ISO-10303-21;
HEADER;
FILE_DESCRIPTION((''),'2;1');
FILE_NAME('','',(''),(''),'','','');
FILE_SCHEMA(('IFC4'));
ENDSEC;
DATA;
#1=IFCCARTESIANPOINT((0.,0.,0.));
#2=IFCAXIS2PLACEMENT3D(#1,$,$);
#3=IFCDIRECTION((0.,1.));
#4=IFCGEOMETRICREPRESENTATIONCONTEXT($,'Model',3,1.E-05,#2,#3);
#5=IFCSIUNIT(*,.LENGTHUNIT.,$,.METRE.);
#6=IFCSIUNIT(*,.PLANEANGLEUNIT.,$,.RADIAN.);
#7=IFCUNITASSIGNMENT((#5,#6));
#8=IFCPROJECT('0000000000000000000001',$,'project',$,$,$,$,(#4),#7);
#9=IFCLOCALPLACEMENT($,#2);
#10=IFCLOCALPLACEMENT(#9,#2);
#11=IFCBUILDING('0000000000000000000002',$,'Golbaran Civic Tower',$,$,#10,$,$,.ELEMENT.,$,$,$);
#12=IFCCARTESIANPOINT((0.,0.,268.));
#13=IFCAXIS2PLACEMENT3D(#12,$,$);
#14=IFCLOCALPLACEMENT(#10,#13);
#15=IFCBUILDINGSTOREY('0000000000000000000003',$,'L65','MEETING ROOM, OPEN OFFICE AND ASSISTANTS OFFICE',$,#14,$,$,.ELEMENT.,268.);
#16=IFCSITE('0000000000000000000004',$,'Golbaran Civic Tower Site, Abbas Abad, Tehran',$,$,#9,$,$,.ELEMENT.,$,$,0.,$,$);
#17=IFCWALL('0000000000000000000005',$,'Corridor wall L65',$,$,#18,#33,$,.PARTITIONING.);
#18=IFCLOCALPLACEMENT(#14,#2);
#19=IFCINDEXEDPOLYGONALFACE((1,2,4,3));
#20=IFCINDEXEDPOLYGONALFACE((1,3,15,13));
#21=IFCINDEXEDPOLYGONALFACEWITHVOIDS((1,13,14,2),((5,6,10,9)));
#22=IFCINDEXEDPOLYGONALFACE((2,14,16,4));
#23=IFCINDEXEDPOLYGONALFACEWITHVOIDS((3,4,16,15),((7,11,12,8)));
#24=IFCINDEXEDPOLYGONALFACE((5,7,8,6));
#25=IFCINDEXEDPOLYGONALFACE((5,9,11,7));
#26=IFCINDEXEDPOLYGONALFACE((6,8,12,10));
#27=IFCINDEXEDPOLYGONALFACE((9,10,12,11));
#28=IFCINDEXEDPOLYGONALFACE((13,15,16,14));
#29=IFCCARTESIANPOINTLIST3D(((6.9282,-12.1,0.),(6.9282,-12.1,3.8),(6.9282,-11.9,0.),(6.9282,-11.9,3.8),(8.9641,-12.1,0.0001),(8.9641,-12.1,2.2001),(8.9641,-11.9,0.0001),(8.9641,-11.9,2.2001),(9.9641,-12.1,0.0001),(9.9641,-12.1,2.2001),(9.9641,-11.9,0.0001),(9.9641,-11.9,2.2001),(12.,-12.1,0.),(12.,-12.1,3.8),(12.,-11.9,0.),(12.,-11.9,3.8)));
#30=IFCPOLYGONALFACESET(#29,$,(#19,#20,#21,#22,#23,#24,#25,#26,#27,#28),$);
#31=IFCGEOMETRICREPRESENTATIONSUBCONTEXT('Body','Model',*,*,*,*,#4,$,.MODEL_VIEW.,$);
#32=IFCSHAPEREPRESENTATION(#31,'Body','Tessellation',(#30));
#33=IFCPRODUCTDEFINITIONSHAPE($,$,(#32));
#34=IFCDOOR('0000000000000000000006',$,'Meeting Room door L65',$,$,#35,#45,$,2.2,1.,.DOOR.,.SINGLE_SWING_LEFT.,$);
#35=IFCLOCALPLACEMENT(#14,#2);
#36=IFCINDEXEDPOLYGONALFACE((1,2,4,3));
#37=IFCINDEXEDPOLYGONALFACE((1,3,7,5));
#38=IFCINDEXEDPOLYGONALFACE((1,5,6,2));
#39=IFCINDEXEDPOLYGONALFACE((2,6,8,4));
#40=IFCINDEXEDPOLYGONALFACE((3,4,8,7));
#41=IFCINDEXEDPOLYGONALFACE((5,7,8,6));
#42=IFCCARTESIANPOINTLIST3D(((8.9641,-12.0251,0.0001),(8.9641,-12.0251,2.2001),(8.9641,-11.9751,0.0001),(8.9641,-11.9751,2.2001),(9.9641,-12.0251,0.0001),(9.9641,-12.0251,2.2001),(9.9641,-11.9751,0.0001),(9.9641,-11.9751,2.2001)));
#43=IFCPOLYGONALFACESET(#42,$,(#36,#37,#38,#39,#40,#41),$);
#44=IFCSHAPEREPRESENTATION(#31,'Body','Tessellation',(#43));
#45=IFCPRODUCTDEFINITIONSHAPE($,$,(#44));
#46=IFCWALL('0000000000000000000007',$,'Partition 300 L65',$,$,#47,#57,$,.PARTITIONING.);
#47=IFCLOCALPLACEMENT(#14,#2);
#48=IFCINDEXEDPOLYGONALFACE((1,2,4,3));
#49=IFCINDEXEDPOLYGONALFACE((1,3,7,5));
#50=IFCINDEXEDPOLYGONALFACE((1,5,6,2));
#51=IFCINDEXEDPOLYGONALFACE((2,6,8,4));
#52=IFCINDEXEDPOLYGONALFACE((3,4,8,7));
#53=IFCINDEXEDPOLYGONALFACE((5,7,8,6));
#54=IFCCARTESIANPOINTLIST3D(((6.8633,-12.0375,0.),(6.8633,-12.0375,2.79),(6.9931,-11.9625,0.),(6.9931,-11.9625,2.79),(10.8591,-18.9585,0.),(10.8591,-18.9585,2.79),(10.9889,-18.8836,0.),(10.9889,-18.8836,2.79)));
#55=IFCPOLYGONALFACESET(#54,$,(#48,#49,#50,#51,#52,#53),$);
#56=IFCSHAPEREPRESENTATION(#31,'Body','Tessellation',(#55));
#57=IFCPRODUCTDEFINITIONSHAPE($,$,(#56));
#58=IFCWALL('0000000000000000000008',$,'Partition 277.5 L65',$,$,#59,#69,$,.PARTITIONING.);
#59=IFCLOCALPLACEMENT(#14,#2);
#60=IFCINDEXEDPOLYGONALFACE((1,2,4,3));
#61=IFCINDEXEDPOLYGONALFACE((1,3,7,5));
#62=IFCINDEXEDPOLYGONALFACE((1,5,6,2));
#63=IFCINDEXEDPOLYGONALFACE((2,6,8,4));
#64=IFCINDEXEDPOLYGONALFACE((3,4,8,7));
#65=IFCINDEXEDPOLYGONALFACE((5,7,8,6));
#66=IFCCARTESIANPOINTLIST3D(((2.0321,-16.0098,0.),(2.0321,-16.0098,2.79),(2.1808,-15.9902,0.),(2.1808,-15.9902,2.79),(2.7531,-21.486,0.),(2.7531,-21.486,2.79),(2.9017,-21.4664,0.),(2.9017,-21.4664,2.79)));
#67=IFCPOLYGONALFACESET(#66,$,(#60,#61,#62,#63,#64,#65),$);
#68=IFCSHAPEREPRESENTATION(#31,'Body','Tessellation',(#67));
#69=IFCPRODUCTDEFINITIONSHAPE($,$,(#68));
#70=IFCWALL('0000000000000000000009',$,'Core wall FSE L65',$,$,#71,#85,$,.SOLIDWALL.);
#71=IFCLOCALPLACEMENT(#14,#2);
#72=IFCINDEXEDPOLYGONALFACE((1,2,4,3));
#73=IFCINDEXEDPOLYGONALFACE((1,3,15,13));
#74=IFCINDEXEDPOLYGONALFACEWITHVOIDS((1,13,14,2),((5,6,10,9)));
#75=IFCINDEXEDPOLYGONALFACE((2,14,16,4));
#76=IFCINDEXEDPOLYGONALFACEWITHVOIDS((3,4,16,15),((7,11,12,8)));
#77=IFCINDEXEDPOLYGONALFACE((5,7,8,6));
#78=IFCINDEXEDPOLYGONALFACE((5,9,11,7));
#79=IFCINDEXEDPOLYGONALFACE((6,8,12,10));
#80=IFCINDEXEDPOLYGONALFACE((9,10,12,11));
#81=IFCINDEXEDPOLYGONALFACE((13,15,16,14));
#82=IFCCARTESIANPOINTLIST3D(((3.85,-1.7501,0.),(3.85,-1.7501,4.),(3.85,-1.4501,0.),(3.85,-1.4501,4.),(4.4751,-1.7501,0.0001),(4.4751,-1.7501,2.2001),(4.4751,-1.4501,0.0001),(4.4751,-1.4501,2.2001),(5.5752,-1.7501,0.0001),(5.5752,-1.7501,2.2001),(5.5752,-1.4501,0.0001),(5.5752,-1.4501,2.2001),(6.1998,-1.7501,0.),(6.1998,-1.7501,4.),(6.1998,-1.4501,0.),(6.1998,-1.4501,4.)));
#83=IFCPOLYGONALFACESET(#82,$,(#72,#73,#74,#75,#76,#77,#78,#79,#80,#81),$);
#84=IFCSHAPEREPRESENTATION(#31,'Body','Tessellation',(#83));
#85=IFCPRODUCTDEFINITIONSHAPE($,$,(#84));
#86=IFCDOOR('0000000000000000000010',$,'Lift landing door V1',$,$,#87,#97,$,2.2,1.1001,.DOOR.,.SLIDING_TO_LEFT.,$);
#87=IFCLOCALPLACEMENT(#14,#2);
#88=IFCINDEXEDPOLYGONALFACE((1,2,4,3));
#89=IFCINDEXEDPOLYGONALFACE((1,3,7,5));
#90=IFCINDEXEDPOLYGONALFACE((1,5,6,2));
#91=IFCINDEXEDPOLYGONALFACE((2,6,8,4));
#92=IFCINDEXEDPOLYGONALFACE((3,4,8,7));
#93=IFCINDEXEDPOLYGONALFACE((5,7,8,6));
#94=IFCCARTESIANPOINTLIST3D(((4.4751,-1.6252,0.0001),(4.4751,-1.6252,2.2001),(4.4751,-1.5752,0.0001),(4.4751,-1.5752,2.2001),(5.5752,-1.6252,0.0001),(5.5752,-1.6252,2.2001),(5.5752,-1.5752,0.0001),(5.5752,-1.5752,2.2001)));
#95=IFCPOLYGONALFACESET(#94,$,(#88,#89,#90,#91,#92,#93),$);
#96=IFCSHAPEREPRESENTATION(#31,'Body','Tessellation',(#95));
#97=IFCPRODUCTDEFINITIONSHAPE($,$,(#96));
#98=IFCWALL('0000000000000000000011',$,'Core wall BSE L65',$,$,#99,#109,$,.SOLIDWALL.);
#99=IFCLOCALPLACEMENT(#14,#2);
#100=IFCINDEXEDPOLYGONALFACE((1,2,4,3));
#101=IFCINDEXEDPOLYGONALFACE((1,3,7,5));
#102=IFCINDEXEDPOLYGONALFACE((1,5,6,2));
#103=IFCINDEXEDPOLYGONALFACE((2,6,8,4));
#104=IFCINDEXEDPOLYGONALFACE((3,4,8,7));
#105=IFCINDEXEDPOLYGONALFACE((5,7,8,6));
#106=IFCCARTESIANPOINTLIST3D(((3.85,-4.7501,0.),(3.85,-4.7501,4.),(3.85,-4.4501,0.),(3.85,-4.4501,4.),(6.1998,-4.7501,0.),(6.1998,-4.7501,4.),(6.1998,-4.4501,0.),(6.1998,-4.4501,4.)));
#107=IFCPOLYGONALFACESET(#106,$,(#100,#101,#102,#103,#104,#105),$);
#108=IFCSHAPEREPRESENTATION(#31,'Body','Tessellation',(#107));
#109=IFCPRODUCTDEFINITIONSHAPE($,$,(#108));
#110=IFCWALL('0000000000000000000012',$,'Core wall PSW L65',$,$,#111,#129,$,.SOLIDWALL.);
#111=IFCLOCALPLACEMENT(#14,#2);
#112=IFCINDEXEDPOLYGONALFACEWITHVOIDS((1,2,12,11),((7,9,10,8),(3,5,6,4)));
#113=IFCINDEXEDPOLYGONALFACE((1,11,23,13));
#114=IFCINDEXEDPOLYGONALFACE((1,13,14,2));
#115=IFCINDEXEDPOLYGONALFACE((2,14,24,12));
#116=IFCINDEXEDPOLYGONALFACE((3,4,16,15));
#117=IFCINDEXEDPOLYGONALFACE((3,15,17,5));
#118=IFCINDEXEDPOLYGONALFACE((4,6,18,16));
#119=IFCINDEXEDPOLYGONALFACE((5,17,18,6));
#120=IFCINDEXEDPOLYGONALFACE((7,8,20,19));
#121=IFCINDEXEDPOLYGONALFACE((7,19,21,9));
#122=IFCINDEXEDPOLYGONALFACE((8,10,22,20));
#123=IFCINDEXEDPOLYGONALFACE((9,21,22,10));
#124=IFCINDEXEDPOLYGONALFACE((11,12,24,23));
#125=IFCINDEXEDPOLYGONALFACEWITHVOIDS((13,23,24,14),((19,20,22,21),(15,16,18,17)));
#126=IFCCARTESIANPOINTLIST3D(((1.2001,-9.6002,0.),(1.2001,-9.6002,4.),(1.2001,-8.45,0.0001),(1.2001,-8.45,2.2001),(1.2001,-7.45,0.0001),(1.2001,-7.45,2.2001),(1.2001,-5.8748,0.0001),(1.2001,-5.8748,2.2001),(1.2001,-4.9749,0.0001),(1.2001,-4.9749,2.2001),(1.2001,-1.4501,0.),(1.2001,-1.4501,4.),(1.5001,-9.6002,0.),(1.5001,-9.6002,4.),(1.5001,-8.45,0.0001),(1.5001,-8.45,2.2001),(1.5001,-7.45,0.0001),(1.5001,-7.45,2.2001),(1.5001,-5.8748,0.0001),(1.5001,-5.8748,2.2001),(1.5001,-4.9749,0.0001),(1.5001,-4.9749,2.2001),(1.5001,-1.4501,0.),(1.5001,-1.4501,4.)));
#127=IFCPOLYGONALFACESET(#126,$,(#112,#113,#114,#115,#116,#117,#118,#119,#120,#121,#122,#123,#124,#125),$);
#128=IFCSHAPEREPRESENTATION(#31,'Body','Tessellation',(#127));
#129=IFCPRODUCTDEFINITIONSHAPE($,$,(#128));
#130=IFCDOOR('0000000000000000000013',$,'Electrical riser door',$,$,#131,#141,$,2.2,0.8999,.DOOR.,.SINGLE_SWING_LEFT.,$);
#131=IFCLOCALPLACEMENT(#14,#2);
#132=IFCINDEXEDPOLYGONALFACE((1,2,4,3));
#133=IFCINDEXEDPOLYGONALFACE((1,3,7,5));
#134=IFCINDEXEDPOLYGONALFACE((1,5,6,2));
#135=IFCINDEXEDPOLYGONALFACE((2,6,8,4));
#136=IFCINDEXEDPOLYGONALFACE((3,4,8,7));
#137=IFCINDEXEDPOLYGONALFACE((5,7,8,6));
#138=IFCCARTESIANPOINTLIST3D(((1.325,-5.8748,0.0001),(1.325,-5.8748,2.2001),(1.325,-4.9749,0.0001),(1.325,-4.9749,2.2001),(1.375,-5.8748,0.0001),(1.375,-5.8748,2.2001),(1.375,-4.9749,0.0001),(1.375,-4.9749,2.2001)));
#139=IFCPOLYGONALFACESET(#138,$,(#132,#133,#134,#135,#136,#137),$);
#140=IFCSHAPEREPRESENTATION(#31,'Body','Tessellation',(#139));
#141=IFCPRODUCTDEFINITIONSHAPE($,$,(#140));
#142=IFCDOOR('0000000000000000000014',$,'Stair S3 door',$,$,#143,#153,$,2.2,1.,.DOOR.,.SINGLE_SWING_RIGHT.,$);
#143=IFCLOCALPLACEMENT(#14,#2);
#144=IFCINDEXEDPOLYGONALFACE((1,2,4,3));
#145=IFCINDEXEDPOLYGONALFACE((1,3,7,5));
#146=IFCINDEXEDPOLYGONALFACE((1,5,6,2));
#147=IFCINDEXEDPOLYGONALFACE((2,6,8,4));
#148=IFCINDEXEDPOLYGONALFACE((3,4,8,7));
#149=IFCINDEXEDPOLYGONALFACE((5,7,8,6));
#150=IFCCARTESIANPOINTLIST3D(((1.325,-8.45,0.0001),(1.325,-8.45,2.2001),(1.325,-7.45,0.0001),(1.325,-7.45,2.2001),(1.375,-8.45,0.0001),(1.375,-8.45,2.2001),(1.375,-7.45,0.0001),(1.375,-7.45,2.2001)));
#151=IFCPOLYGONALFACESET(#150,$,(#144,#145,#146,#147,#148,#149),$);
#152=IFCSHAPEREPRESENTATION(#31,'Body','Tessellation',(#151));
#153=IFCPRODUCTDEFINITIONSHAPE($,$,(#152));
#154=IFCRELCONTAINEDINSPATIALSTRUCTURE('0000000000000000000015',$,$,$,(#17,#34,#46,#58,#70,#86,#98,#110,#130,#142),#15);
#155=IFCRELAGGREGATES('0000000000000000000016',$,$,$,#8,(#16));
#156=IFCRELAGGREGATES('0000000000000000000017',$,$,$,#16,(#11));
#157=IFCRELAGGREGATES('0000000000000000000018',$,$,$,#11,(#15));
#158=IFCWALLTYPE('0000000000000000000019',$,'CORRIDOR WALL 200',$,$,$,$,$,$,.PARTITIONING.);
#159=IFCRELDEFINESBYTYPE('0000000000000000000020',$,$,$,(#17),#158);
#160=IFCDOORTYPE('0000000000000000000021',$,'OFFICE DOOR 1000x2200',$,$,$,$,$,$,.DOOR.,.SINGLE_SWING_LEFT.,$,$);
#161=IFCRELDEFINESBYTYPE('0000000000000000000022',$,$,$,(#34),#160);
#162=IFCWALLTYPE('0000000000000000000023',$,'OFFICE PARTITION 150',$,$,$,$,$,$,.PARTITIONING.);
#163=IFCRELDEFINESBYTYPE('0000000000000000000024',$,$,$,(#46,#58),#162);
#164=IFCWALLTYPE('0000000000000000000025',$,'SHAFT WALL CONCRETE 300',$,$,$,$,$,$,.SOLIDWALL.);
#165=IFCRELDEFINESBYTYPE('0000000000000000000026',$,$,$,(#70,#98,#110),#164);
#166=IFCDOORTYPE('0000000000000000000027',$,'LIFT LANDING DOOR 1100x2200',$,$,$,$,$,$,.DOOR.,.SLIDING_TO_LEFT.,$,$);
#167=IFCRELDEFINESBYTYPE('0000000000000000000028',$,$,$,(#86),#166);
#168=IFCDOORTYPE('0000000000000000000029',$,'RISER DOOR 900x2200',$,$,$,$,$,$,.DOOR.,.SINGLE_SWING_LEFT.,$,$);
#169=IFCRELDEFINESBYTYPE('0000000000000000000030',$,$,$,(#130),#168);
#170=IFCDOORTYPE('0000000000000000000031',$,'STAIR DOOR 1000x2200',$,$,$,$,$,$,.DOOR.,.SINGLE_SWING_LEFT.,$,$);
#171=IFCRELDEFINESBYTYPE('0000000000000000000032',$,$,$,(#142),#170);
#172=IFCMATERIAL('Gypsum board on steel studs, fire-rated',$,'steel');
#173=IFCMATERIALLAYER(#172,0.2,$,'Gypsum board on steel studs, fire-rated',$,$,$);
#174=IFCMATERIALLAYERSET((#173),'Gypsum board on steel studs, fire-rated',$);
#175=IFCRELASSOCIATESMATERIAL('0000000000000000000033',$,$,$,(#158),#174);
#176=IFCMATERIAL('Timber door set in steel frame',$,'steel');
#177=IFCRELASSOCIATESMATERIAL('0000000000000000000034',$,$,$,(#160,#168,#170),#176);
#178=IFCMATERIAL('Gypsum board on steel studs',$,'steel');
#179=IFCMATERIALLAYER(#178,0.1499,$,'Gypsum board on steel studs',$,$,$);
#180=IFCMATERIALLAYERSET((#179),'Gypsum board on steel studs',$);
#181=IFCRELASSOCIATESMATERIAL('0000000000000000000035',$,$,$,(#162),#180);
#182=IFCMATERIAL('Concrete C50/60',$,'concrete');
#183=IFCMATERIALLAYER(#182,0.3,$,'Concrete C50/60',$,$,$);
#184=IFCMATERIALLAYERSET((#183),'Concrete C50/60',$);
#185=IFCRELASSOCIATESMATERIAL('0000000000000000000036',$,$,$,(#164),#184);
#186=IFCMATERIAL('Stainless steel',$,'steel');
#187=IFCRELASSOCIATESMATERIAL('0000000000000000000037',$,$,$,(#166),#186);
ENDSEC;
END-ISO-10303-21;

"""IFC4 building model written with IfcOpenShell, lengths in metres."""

from ifc_helpers import new_model, si_unit, direction, frame, frame_2d, origin, place, context, subcontext, project, spatial, rectangle, extrude, material, layer, layer_set, type_object, element, fill, save


model = new_model("IFC4")

# Units and contexts
model_context = context("Model", 3, precision=1e-05, world=origin(), true_north=direction((0.0, 1.0)))
body_context = subcontext(model_context, "Body", "Model", "MODEL_VIEW")
ifc_project = project(units=[si_unit("LENGTHUNIT", "METRE"), si_unit("PLANEANGLEUNIT", "RADIAN")], contexts=[model_context])

# Site, building, storey
site_placement = place(None, origin())
site = spatial("IfcSite", under=ifc_project, at=site_placement, Name="Golbaran Civic Tower Site, Abbas Abad, Tehran", CompositionType="ELEMENT", RefElevation=0.0)
building_placement = place(site_placement, origin())
building = spatial("IfcBuilding", under=site, at=building_placement, Name="Golbaran Civic Tower", CompositionType="ELEMENT")
storey_placement = place(building_placement, frame((0.0, 0.0, 268.0)))
storey = spatial("IfcBuildingStorey", under=building, at=storey_placement, Name="L65", Description="MEETING ROOM, OPEN OFFICE AND ASSISTANTS OFFICE", CompositionType="ELEMENT", Elevation=268.0)

# Wall, opening, door
ifc_material_1 = material(Name="Gypsum board on steel studs, fire-rated", Category="steel")
ifc_layer_1 = layer(ifc_material_1, 0.2, Name="Gypsum board on steel studs, fire-rated")
ifc_layer_set_1 = layer_set([ifc_layer_1], Name="Gypsum board on steel studs, fire-rated")
wall_type_1 = type_object("IfcWallType", Name="CORRIDOR WALL 200", PredefinedType="PARTITIONING", material=ifc_layer_set_1)
wall_1_placement = place(storey_placement, frame((6.9282, -12.0, 0.0), z_axis=(0.0, 0.0, 1.0), x_axis=(1.0, 0.0, 0.0)))
wall_1 = element("IfcWall", 1, at=wall_1_placement, inside=storey, type_object=wall_type_1, Name="Corridor wall L65", PredefinedType="PARTITIONING", context=body_context, shape_type="SweptSolid", body=[
    extrude(rectangle(XDim=5.0718, YDim=0.2, at=frame_2d((2.5359, 0.0))), origin(), (0.0, 0.0, 1.0), 3.8),
])
opening_1_placement = place(wall_1_placement, frame((2.0359, 0.0, 0.0)))
opening_1 = element("IfcOpeningElement", 2, at=opening_1_placement, cuts=wall_1, PredefinedType="OPENING", context=body_context, shape_type="SweptSolid", body=[
    extrude(rectangle(XDim=1.0, YDim=2.2, at=frame_2d((0.5, 1.1001))), frame((0.0, 0.1099, 0.0), z_axis=(0.0, -1.0, 0.0), x_axis=(1.0, 0.0, 0.0)), (0.0, 0.0, 1.0), 0.22),
])
ifc_material_2 = material(Name="Timber door set in steel frame", Category="steel")
door_type_1 = type_object("IfcDoorType", Name="OFFICE DOOR 1000x2200", OperationType="SINGLE_SWING_LEFT", PredefinedType="DOOR", material=ifc_material_2)
door_1_placement = place(opening_1_placement, origin())
door_1 = element("IfcDoor", 3, at=door_1_placement, inside=storey, type_object=door_type_1, Name="Meeting Room door L65", OperationType="SINGLE_SWING_LEFT", OverallHeight=2.2, OverallWidth=1.0, PredefinedType="DOOR", context=body_context, shape_type="SweptSolid", body=[
    extrude(rectangle(XDim=1.0, YDim=2.2, at=frame_2d((0.5, 1.1001))), frame((0.0, 0.0249, 0.0), z_axis=(0.0, -1.0, 0.0), x_axis=(1.0, 0.0, 0.0)), (0.0, 0.0, 1.0), 0.05),
])
fill(opening_1, door_1)

# Walls
ifc_material_3 = material(Name="Gypsum board on steel studs", Category="steel")
ifc_layer_2 = layer(ifc_material_3, 0.1499, Name="Gypsum board on steel studs")
ifc_layer_set_2 = layer_set([ifc_layer_2], Name="Gypsum board on steel studs")
wall_type_2 = type_object("IfcWallType", Name="OFFICE PARTITION 150", PredefinedType="PARTITIONING", material=ifc_layer_set_2)
wall_2_placement = place(storey_placement, frame((6.9282, -12.0, 0.0), z_axis=(0.0, 0.0, 1.0), x_axis=(0.499993, -0.866029, 0.0)))
element("IfcWall", 4, at=wall_2_placement, inside=storey, type_object=wall_type_2, Name="Partition 300 L65", PredefinedType="PARTITIONING", context=body_context, shape_type="SweptSolid", body=[
    extrude(rectangle(XDim=7.9917, YDim=0.1499, at=frame_2d((3.9958, 0.0))), origin(), (0.0, 0.0, 1.0), 2.79),
])
wall_3_placement = place(storey_placement, frame((2.1064, -16.0, 0.0), z_axis=(0.0, 0.0, 1.0), x_axis=(0.130528, -0.991445, 0.0)))
element("IfcWall", 5, at=wall_3_placement, inside=storey, type_object=wall_type_2, Name="Partition 277.5 L65", PredefinedType="PARTITIONING", context=body_context, shape_type="SweptSolid", body=[
    extrude(rectangle(XDim=5.5234, YDim=0.1499, at=frame_2d((2.7617, 0.0))), origin(), (0.0, 0.0, 1.0), 2.79),
])

# Wall, opening, door
ifc_material_4 = material(Name="Concrete C50/60", Category="concrete")
ifc_layer_3 = layer(ifc_material_4, 0.3, Name="Concrete C50/60")
ifc_layer_set_3 = layer_set([ifc_layer_3], Name="Concrete C50/60")
wall_type_3 = type_object("IfcWallType", Name="SHAFT WALL CONCRETE 300", PredefinedType="SOLIDWALL", material=ifc_layer_set_3)
wall_4_placement = place(storey_placement, frame((3.8501, -1.6001, 0.0), z_axis=(0.0, 0.0, 1.0), x_axis=(1.0, 0.0, 0.0)))
wall_4 = element("IfcWall", 6, at=wall_4_placement, inside=storey, type_object=wall_type_3, Name="Core wall FSE L65", PredefinedType="SOLIDWALL", context=body_context, shape_type="SweptSolid", body=[
    extrude(rectangle(XDim=2.3499, YDim=0.3, at=frame_2d((1.1748, 0.0))), origin(), (0.0, 0.0, 1.0), 4.0),
])
opening_2_placement = place(wall_4_placement, frame((0.625, 0.0, 0.0)))
opening_2 = element("IfcOpeningElement", 7, at=opening_2_placement, cuts=wall_4, PredefinedType="OPENING", context=body_context, shape_type="SweptSolid", body=[
    extrude(rectangle(XDim=1.1001, YDim=2.2, at=frame_2d((0.55, 1.1001))), frame((0.0, 0.1599, 0.0), z_axis=(0.0, -1.0, 0.0), x_axis=(1.0, 0.0, 0.0)), (0.0, 0.0, 1.0), 0.3201),
])
ifc_material_5 = material(Name="Stainless steel", Category="steel")
door_type_2 = type_object("IfcDoorType", Name="LIFT LANDING DOOR 1100x2200", OperationType="SLIDING_TO_LEFT", PredefinedType="DOOR", material=ifc_material_5)
door_2_placement = place(opening_2_placement, origin())
door_2 = element("IfcDoor", 8, at=door_2_placement, inside=storey, type_object=door_type_2, Name="Lift landing door V1", OperationType="SLIDING_TO_LEFT", OverallHeight=2.2, OverallWidth=1.1001, PredefinedType="DOOR", context=body_context, shape_type="SweptSolid", body=[
    extrude(rectangle(XDim=1.1001, YDim=2.2, at=frame_2d((0.55, 1.1001))), frame((0.0, 0.0249, 0.0), z_axis=(0.0, -1.0, 0.0), x_axis=(1.0, 0.0, 0.0)), (0.0, 0.0, 1.0), 0.05),
])
fill(opening_2, door_2)

# Wall
wall_5_placement = place(storey_placement, frame((3.8501, -4.6001, 0.0), z_axis=(0.0, 0.0, 1.0), x_axis=(1.0, 0.0, 0.0)))
element("IfcWall", 9, at=wall_5_placement, inside=storey, type_object=wall_type_3, Name="Core wall BSE L65", PredefinedType="SOLIDWALL", context=body_context, shape_type="SweptSolid", body=[
    extrude(rectangle(XDim=2.3499, YDim=0.3, at=frame_2d((1.1748, 0.0))), origin(), (0.0, 0.0, 1.0), 4.0),
])

# Wall, openings, doors
wall_6_placement = place(storey_placement, frame((1.3501, -1.45, 0.0), z_axis=(0.0, 0.0, 1.0), x_axis=(0.0, -1.0, 0.0)))
wall_6 = element("IfcWall", 10, at=wall_6_placement, inside=storey, type_object=wall_type_3, Name="Core wall PSW L65", PredefinedType="SOLIDWALL", context=body_context, shape_type="SweptSolid", body=[
    extrude(rectangle(XDim=8.1501, YDim=0.3, at=frame_2d((4.0752, 0.0))), origin(), (0.0, 0.0, 1.0), 4.0),
])
opening_3_placement = place(wall_6_placement, frame((6.0, 0.0, 0.0)))
opening_3 = element("IfcOpeningElement", 11, at=opening_3_placement, cuts=wall_6, PredefinedType="OPENING", context=body_context, shape_type="SweptSolid", body=[
    extrude(rectangle(XDim=1.0, YDim=2.2, at=frame_2d((0.5, 1.1001))), frame((0.0, 0.1599, 0.0), z_axis=(0.0, -1.0, 0.0), x_axis=(1.0, 0.0, 0.0)), (0.0, 0.0, 1.0), 0.3201),
])
opening_4_placement = place(wall_6_placement, frame((3.5249, 0.0, 0.0)))
opening_4 = element("IfcOpeningElement", 12, at=opening_4_placement, cuts=wall_6, PredefinedType="OPENING", context=body_context, shape_type="SweptSolid", body=[
    extrude(rectangle(XDim=0.8999, YDim=2.2, at=frame_2d((0.45, 1.1001))), frame((0.0, 0.1599, 0.0), z_axis=(0.0, -1.0, 0.0), x_axis=(1.0, 0.0, 0.0)), (0.0, 0.0, 1.0), 0.3201),
])
door_type_3 = type_object("IfcDoorType", Name="RISER DOOR 900x2200", OperationType="SINGLE_SWING_LEFT", PredefinedType="DOOR", material=ifc_material_2)
door_3_placement = place(opening_4_placement, origin())
door_3 = element("IfcDoor", 13, at=door_3_placement, inside=storey, type_object=door_type_3, Name="Electrical riser door", OperationType="SINGLE_SWING_LEFT", OverallHeight=2.2, OverallWidth=0.8999, PredefinedType="DOOR", context=body_context, shape_type="SweptSolid", body=[
    extrude(rectangle(XDim=0.8999, YDim=2.2, at=frame_2d((0.45, 1.1001))), frame((0.0, 0.0249, 0.0), z_axis=(0.0, -1.0, 0.0), x_axis=(1.0, 0.0, 0.0)), (0.0, 0.0, 1.0), 0.05),
])
fill(opening_4, door_3)
door_type_4 = type_object("IfcDoorType", Name="STAIR DOOR 1000x2200", OperationType="SINGLE_SWING_LEFT", PredefinedType="DOOR", material=ifc_material_2)
door_4_placement = place(opening_3_placement, origin())
door_4 = element("IfcDoor", 14, at=door_4_placement, inside=storey, type_object=door_type_4, Name="Stair S3 door", OperationType="SINGLE_SWING_RIGHT", OverallHeight=2.2, OverallWidth=1.0, PredefinedType="DOOR", context=body_context, shape_type="SweptSolid", body=[
    extrude(rectangle(XDim=1.0, YDim=2.2, at=frame_2d((0.5, 1.1001))), frame((0.0, 0.0249, 0.0), z_axis=(0.0, -1.0, 0.0), x_axis=(1.0, 0.0, 0.0)), (0.0, 0.0, 1.0), 0.05),
])
fill(opening_3, door_4)

save(model, "model.ifc")
